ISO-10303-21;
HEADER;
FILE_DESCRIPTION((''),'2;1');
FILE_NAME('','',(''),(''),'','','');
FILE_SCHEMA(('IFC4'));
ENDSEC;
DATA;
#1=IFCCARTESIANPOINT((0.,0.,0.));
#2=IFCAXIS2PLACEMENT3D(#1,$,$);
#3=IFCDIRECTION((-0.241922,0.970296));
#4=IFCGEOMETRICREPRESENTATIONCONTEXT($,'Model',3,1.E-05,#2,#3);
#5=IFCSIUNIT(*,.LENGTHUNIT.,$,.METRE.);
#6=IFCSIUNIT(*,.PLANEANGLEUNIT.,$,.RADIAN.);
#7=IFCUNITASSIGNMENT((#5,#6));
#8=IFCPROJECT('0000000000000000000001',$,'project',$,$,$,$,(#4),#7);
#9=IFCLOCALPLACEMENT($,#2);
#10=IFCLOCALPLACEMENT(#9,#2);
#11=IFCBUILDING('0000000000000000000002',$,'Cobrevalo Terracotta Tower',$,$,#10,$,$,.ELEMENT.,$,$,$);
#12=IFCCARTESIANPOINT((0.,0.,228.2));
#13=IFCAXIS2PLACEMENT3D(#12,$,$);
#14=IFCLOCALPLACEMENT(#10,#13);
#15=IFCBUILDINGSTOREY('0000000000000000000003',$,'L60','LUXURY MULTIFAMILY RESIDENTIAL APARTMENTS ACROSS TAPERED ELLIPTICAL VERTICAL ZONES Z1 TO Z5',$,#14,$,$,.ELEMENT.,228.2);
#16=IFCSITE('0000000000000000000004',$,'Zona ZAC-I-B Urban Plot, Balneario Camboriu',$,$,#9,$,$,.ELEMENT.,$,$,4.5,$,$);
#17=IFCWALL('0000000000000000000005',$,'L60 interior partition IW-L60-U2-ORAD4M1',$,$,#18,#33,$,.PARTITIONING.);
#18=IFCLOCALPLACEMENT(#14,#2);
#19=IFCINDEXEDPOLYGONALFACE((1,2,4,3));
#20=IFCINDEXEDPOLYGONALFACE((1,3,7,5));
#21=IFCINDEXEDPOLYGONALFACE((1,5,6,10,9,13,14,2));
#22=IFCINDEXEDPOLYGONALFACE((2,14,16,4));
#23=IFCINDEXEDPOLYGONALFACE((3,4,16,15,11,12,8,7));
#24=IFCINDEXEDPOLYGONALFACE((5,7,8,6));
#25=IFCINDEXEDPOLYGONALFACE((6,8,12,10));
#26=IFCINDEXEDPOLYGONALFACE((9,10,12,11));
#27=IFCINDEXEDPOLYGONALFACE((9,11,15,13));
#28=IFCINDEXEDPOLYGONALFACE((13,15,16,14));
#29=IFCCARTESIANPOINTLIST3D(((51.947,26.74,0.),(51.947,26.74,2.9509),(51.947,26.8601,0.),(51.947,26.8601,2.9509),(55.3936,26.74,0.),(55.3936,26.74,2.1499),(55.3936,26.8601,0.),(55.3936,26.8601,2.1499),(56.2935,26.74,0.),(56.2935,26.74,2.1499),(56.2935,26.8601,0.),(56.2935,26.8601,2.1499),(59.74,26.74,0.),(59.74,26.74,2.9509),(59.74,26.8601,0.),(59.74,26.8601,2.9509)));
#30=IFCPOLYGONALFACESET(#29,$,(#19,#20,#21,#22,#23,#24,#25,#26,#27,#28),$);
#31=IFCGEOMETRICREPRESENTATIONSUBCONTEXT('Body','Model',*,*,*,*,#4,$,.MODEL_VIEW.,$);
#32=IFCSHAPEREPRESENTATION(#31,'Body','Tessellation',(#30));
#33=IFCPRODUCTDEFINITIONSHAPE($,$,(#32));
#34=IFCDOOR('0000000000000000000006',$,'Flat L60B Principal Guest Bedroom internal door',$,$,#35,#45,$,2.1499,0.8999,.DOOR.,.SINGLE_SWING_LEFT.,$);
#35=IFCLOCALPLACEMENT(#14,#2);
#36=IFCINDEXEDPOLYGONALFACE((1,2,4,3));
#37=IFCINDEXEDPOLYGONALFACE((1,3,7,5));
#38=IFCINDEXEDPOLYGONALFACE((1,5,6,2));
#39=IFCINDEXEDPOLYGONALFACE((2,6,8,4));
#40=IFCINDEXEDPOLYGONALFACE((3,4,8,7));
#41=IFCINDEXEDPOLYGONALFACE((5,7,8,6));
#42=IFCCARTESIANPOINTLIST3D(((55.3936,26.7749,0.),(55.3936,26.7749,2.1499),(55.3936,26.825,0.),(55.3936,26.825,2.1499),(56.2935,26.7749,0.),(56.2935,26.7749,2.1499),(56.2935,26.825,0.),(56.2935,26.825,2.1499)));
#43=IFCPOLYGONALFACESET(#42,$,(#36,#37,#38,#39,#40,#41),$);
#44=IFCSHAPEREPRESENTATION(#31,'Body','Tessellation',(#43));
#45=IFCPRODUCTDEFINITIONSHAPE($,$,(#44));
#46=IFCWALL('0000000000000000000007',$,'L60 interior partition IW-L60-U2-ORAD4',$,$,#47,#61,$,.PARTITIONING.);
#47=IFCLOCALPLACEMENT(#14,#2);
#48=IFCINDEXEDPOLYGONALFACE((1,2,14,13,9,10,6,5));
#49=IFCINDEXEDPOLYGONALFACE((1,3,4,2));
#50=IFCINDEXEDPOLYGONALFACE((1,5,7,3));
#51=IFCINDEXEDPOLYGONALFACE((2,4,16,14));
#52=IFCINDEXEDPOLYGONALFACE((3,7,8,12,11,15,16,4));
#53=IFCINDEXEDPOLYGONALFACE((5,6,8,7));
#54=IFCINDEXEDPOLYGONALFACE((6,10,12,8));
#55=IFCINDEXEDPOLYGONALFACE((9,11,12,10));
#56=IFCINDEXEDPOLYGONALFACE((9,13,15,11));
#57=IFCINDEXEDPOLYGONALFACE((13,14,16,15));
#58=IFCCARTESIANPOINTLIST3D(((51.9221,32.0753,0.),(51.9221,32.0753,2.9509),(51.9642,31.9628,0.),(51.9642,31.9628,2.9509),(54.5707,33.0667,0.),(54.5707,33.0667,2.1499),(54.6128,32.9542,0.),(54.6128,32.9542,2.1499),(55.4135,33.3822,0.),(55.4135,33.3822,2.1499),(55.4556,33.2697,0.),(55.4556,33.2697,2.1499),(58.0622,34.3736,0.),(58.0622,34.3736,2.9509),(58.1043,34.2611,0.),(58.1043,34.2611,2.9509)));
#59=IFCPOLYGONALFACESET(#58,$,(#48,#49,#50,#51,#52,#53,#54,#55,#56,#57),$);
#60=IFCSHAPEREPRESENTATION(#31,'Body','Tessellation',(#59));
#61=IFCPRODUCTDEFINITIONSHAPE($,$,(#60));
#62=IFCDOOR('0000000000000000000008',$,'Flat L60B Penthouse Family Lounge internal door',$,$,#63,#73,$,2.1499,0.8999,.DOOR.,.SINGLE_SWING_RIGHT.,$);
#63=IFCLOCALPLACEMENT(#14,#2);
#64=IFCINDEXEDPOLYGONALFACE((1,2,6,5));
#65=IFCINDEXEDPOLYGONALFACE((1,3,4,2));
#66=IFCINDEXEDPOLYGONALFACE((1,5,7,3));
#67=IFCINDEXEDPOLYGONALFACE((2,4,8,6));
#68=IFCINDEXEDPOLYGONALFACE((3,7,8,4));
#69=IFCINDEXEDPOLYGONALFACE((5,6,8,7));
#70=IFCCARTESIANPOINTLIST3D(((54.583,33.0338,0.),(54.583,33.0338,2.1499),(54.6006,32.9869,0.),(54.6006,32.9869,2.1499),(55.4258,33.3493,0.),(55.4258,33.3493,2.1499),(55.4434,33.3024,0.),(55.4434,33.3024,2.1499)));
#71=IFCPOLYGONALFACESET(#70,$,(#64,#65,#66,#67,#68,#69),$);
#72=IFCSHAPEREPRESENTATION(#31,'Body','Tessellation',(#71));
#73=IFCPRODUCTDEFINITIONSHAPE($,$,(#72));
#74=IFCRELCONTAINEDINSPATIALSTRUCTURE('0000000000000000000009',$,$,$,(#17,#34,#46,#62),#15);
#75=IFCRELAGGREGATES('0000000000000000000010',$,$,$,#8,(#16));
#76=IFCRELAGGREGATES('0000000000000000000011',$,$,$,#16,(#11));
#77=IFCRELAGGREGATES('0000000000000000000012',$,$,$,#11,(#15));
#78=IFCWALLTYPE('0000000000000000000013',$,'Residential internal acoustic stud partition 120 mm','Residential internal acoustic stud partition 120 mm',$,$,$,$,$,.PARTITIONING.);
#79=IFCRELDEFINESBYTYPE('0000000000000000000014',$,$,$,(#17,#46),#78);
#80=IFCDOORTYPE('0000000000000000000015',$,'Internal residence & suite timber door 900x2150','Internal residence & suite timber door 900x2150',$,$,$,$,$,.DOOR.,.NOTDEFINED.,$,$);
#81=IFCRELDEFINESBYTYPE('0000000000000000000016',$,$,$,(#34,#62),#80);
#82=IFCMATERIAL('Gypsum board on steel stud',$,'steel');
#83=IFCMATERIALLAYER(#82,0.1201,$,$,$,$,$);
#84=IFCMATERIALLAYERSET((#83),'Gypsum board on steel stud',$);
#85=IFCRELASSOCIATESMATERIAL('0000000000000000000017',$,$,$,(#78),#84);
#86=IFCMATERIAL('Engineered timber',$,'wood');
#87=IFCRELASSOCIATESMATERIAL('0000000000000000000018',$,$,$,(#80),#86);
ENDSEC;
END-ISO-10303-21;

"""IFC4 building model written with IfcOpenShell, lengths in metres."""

from ifc_helpers import new_model, si_unit, direction, frame, frame_2d, origin, place, context, subcontext, project, spatial, rectangle, extrude, source, transform, mapped, material, layer, layer_set, type_object, element, fill, save


model = new_model("IFC4")

# Units and contexts
model_context = context("Model", 3, precision=1e-05, world=origin(), true_north=direction((-0.241922, 0.970296)))
body_context = subcontext(model_context, "Body", "Model", "MODEL_VIEW")
ifc_project = project(units=[si_unit("LENGTHUNIT", "METRE"), si_unit("PLANEANGLEUNIT", "RADIAN")], contexts=[model_context])

# Site, building, storey
site_placement = place(None, origin())
site = spatial("IfcSite", under=ifc_project, at=site_placement, Name="Zona ZAC-I-B Urban Plot, Balneario Camboriu", CompositionType="ELEMENT", RefElevation=4.5)
building_placement = place(site_placement, origin())
building = spatial("IfcBuilding", under=site, at=building_placement, Name="Cobrevalo Terracotta Tower", CompositionType="ELEMENT")
storey_placement = place(building_placement, frame((0.0, 0.0, 228.2)))
storey = spatial("IfcBuildingStorey", under=building, at=storey_placement, Name="L60", Description="LUXURY MULTIFAMILY RESIDENTIAL APARTMENTS ACROSS TAPERED ELLIPTICAL VERTICAL ZONES Z1 TO Z5", CompositionType="ELEMENT", Elevation=228.2)

# Walls, openings, doors
ifc_material_1 = material(Name="Gypsum board on steel stud", Category="steel")
ifc_layer_1 = layer(ifc_material_1, 0.1201)
ifc_layer_set_1 = layer_set([ifc_layer_1], Name="Gypsum board on steel stud")
wall_type = type_object("IfcWallType", Name="Residential internal acoustic stud partition 120 mm", Description="Residential internal acoustic stud partition 120 mm", PredefinedType="PARTITIONING", material=ifc_layer_set_1)
wall_1_placement = place(storey_placement, frame((51.947, 26.8, 0.0), z_axis=(0.0, 0.0, 1.0), x_axis=(1.0, 0.0, 0.0)))
wall_1 = element("IfcWall", 1, at=wall_1_placement, inside=storey, type_object=wall_type, Name="L60 interior partition IW-L60-U2-ORAD4M1", PredefinedType="PARTITIONING", context=body_context, shape_type="SweptSolid", body=[
    extrude(rectangle(XDim=7.793, YDim=0.1201, at=frame_2d((3.8965, 0.0))), origin(), (0.0, 0.0, 1.0), 2.9509),
])
opening_1_placement = place(wall_1_placement, frame((3.4465, 0.0, 0.0)))
opening_1 = element("IfcOpeningElement", 2, at=opening_1_placement, cuts=wall_1, PredefinedType="OPENING", context=body_context, shape_type="SweptSolid", body=[
    extrude(rectangle(XDim=0.8999, YDim=2.1499, at=frame_2d((0.45, 1.075))), frame((0.0, 0.0701, 0.0), z_axis=(0.0, -1.0, 0.0), x_axis=(1.0, 0.0, 0.0)), (0.0, 0.0, 1.0), 0.1401),
])
ifc_material_2 = material(Name="Engineered timber", Category="wood")
door_type = type_object("IfcDoorType", Name="Internal residence & suite timber door 900x2150", Description="Internal residence & suite timber door 900x2150", OperationType="NOTDEFINED", PredefinedType="DOOR", material=ifc_material_2)
shared_shape_1 = source(origin(), body_context, "Body", "SweptSolid", [
    extrude(rectangle(XDim=0.8999, YDim=2.1499, at=frame_2d((0.45, 1.075))), frame((0.0, 0.0249, 0.0), z_axis=(0.0, -1.0, 0.0), x_axis=(1.0, 0.0, 0.0)), (0.0, 0.0, 1.0), 0.05),
])
door_1_placement = place(opening_1_placement, origin())
door_1 = element("IfcDoor", 3, at=door_1_placement, inside=storey, type_object=door_type, Name="Flat L60B Principal Guest Bedroom internal door", OperationType="SINGLE_SWING_LEFT", OverallHeight=2.1499, OverallWidth=0.8999, PredefinedType="DOOR", context=body_context, shape_type="MappedRepresentation", body=[
    mapped(shared_shape_1, transform((0.0, 0.0, 0.0), scale=1.0)),
])
fill(opening_1, door_1)
wall_2_placement = place(storey_placement, frame((51.9431, 32.019, 0.0), z_axis=(0.0, 0.0, 1.0), x_axis=(0.93654, 0.35056, 0.0)))
wall_2 = element("IfcWall", 4, at=wall_2_placement, inside=storey, type_object=wall_type, Name="L60 interior partition IW-L60-U2-ORAD4", PredefinedType="PARTITIONING", context=body_context, shape_type="SweptSolid", body=[
    extrude(rectangle(XDim=6.5562, YDim=0.1201, at=frame_2d((3.2781, 0.0))), origin(), (0.0, 0.0, 1.0), 2.9509),
])
opening_2_placement = place(wall_2_placement, frame((2.8281, 0.0, 0.0)))
opening_2 = element("IfcOpeningElement", 5, at=opening_2_placement, cuts=wall_2, PredefinedType="OPENING", context=body_context, shape_type="SweptSolid", body=[
    extrude(rectangle(XDim=0.8999, YDim=2.1499, at=frame_2d((0.45, 1.075))), frame((0.0, 0.0701, 0.0), z_axis=(0.0, -1.0, 0.0), x_axis=(1.0, 0.0, 0.0)), (0.0, 0.0, 1.0), 0.1401),
])
door_2_placement = place(opening_2_placement, origin())
door_2 = element("IfcDoor", 6, at=door_2_placement, inside=storey, type_object=door_type, Name="Flat L60B Penthouse Family Lounge internal door", OperationType="SINGLE_SWING_RIGHT", OverallHeight=2.1499, OverallWidth=0.8999, PredefinedType="DOOR", context=body_context, shape_type="MappedRepresentation", body=[
    mapped(shared_shape_1, transform((0.0, 0.0, 0.0), scale=1.0)),
])
fill(opening_2, door_2)

save(model, "model.ifc")
